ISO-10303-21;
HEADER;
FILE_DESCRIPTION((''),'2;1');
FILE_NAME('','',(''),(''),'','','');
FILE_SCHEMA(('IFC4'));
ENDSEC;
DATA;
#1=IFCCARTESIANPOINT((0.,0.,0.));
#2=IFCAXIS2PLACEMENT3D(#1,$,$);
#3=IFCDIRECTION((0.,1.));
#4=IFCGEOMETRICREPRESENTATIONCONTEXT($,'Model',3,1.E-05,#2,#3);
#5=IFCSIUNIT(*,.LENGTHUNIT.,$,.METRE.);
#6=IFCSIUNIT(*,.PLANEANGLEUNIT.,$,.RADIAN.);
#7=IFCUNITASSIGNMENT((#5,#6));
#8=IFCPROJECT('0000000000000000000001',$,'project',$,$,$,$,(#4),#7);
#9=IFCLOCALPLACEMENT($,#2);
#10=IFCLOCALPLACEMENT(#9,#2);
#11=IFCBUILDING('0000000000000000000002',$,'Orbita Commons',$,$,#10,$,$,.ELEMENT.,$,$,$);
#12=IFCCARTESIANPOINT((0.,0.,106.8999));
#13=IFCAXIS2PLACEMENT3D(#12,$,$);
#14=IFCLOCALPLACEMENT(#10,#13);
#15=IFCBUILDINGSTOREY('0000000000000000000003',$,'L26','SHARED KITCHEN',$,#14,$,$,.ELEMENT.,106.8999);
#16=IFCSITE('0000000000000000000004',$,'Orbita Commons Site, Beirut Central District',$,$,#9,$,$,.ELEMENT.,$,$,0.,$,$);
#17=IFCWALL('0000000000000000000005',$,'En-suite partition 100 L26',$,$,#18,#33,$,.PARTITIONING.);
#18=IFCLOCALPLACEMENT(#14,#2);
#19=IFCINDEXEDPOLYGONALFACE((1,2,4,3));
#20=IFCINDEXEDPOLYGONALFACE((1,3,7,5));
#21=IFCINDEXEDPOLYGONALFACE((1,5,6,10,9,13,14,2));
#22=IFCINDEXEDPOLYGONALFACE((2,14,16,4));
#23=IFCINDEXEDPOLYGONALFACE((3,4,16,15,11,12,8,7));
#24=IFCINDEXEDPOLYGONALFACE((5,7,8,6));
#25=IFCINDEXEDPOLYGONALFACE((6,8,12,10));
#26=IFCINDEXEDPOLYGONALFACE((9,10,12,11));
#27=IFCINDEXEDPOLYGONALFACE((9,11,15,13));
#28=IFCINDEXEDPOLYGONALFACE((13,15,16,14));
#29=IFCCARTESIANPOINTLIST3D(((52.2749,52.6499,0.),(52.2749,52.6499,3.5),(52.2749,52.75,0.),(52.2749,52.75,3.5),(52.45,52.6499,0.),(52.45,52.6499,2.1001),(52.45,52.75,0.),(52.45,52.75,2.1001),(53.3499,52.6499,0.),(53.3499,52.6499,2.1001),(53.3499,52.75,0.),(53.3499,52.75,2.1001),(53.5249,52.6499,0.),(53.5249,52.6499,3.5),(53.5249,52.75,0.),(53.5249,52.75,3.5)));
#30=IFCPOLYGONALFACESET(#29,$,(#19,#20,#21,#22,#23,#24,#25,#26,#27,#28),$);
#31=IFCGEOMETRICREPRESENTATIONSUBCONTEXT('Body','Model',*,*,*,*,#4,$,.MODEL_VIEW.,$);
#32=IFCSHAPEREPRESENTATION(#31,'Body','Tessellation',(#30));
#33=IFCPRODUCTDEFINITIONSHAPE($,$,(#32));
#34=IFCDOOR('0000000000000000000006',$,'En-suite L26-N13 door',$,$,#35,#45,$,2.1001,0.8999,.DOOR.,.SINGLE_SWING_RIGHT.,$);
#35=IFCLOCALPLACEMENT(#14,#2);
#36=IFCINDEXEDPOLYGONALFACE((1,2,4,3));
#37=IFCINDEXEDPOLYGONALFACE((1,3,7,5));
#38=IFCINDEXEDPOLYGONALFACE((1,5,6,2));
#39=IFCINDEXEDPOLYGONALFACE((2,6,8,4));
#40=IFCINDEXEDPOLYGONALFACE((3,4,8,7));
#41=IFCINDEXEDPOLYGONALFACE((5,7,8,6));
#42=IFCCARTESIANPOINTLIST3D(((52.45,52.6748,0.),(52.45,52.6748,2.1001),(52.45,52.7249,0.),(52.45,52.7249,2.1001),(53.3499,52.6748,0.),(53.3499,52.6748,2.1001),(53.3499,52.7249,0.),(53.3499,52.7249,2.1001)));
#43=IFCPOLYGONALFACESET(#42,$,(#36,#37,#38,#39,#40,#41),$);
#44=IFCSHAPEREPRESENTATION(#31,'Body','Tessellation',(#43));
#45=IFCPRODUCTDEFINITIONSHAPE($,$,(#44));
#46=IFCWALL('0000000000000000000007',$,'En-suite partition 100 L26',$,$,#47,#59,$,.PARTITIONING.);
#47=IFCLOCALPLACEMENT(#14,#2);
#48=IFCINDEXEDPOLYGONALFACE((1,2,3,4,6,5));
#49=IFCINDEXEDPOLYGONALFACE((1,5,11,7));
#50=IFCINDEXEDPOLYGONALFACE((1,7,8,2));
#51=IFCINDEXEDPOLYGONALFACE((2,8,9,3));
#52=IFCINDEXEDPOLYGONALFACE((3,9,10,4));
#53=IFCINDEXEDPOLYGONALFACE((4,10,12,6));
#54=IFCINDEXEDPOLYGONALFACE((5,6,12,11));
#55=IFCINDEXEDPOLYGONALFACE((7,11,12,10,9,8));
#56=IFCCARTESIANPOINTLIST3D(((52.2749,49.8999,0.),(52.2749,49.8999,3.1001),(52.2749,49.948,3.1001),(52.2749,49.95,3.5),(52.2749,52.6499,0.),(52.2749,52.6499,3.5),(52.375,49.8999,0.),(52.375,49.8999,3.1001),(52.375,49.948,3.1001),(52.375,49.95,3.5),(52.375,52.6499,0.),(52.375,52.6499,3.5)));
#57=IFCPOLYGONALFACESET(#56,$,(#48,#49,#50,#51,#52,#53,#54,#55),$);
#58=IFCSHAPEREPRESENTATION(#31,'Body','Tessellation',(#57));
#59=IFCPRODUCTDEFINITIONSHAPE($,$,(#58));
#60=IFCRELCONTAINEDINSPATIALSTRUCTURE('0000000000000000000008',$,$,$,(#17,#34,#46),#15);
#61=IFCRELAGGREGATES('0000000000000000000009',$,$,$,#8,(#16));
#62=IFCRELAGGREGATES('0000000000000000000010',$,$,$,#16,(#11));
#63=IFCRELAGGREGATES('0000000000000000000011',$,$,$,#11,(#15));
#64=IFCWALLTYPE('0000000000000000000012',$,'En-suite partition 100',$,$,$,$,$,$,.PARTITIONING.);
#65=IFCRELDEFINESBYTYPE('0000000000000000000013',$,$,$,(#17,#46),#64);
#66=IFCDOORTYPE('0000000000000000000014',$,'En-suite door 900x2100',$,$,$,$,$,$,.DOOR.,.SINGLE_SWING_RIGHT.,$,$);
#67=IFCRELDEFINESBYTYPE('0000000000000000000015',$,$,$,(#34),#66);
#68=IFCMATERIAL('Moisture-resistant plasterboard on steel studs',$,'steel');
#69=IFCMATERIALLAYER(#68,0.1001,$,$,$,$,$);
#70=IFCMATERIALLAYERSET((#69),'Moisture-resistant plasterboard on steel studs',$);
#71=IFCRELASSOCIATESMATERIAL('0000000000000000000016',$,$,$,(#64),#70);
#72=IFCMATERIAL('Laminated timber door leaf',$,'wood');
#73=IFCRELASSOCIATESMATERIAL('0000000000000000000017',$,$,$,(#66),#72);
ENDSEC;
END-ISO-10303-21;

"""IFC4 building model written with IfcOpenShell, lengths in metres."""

from ifc_helpers import new_model, si_unit, direction, frame, frame_2d, origin, place, context, subcontext, project, spatial, polyline, rectangle, outline, extrude, material, layer, layer_set, type_object, element, fill, save


model = new_model("IFC4")

# Units and contexts
model_context = context("Model", 3, precision=1e-05, world=origin(), true_north=direction((0.0, 1.0)))
body_context = subcontext(model_context, "Body", "Model", "MODEL_VIEW")
ifc_project = project(units=[si_unit("LENGTHUNIT", "METRE"), si_unit("PLANEANGLEUNIT", "RADIAN")], contexts=[model_context])

# Site, building, storey
site_placement = place(None, origin())
site = spatial("IfcSite", under=ifc_project, at=site_placement, Name="Orbita Commons Site, Beirut Central District", CompositionType="ELEMENT", RefElevation=0.0)
building_placement = place(site_placement, origin())
building = spatial("IfcBuilding", under=site, at=building_placement, Name="Orbita Commons", CompositionType="ELEMENT")
storey_placement = place(building_placement, frame((0.0, 0.0, 106.8999)))
storey = spatial("IfcBuildingStorey", under=building, at=storey_placement, Name="L26", Description="SHARED KITCHEN", CompositionType="ELEMENT", Elevation=106.8999)

# Shared definitions
ifc_material_1 = material(Name="Moisture-resistant plasterboard on steel studs", Category="steel")
ifc_layer_1 = layer(ifc_material_1, 0.1001)
ifc_layer_set_1 = layer_set([ifc_layer_1], Name="Moisture-resistant plasterboard on steel studs")
wall_type_1 = type_object("IfcWallType", Name="En-suite partition 100", PredefinedType="PARTITIONING", material=ifc_layer_set_1)
ifc_material_2 = material(Name="Laminated timber door leaf", Category="wood")
door_type_1 = type_object("IfcDoorType", Name="En-suite door 900x2100", OperationType="SINGLE_SWING_RIGHT", PredefinedType="DOOR", material=ifc_material_2)

# Wall, opening, door
wall_1_placement = place(storey_placement, frame((52.2749, 52.7, 0.0), z_axis=(0.0, 0.0, 1.0), x_axis=(1.0, 0.0, 0.0)))
wall_1 = element("IfcWall", 1, at=wall_1_placement, inside=storey, type_object=wall_type_1, Name="En-suite partition 100 L26", PredefinedType="PARTITIONING", context=body_context, shape_type="SweptSolid", body=[
    extrude(rectangle(XDim=1.25, YDim=0.1001, at=frame_2d((0.625, 0.0))), origin(), (0.0, 0.0, 1.0), 3.5),
])
opening_1_placement = place(wall_1_placement, frame((0.175, 0.0, 0.0)))
opening_1 = element("IfcOpeningElement", 2, at=opening_1_placement, cuts=wall_1, PredefinedType="OPENING", context=body_context, shape_type="SweptSolid", body=[
    extrude(rectangle(XDim=0.8999, YDim=2.1001, at=frame_2d((0.45, 1.05))), frame((0.0, 0.0601, 0.0), z_axis=(0.0, -1.0, 0.0), x_axis=(1.0, 0.0, 0.0)), (0.0, 0.0, 1.0), 0.1201),
])
door_1_placement = place(opening_1_placement, origin())
door_1 = element("IfcDoor", 3, at=door_1_placement, inside=storey, type_object=door_type_1, Name="En-suite L26-N13 door", OperationType="SINGLE_SWING_RIGHT", OverallHeight=2.1001, OverallWidth=0.8999, PredefinedType="DOOR", context=body_context, shape_type="SweptSolid", body=[
    extrude(rectangle(XDim=0.8999, YDim=2.1001, at=frame_2d((0.45, 1.05))), frame((0.0, 0.0249, 0.0), z_axis=(0.0, -1.0, 0.0), x_axis=(1.0, 0.0, 0.0)), (0.0, 0.0, 1.0), 0.05),
])
fill(opening_1, door_1)

# Wall
wall_2_placement = place(storey_placement, frame((52.325, 52.6499, 0.0), z_axis=(0.0, 0.0, 1.0), x_axis=(0.0, -1.0, 0.0)))
element("IfcWall", 4, at=wall_2_placement, inside=storey, type_object=wall_type_1, Name="En-suite partition 100 L26", PredefinedType="PARTITIONING", context=body_context, shape_type="SweptSolid", body=[
    extrude(outline(polyline([(0.0, 0.0), (2.75, 0.0), (2.75, 3.1001), (2.7019, 3.1001), (2.7, 3.5), (0.0, 3.5), (0.0, 0.0)])), frame((0.0, 0.05, 0.0), z_axis=(0.0, -1.0, 0.0), x_axis=(1.0, 0.0, 0.0)), (0.0, 0.0, 1.0), 0.1001),
])

save(model, "model.ifc")
